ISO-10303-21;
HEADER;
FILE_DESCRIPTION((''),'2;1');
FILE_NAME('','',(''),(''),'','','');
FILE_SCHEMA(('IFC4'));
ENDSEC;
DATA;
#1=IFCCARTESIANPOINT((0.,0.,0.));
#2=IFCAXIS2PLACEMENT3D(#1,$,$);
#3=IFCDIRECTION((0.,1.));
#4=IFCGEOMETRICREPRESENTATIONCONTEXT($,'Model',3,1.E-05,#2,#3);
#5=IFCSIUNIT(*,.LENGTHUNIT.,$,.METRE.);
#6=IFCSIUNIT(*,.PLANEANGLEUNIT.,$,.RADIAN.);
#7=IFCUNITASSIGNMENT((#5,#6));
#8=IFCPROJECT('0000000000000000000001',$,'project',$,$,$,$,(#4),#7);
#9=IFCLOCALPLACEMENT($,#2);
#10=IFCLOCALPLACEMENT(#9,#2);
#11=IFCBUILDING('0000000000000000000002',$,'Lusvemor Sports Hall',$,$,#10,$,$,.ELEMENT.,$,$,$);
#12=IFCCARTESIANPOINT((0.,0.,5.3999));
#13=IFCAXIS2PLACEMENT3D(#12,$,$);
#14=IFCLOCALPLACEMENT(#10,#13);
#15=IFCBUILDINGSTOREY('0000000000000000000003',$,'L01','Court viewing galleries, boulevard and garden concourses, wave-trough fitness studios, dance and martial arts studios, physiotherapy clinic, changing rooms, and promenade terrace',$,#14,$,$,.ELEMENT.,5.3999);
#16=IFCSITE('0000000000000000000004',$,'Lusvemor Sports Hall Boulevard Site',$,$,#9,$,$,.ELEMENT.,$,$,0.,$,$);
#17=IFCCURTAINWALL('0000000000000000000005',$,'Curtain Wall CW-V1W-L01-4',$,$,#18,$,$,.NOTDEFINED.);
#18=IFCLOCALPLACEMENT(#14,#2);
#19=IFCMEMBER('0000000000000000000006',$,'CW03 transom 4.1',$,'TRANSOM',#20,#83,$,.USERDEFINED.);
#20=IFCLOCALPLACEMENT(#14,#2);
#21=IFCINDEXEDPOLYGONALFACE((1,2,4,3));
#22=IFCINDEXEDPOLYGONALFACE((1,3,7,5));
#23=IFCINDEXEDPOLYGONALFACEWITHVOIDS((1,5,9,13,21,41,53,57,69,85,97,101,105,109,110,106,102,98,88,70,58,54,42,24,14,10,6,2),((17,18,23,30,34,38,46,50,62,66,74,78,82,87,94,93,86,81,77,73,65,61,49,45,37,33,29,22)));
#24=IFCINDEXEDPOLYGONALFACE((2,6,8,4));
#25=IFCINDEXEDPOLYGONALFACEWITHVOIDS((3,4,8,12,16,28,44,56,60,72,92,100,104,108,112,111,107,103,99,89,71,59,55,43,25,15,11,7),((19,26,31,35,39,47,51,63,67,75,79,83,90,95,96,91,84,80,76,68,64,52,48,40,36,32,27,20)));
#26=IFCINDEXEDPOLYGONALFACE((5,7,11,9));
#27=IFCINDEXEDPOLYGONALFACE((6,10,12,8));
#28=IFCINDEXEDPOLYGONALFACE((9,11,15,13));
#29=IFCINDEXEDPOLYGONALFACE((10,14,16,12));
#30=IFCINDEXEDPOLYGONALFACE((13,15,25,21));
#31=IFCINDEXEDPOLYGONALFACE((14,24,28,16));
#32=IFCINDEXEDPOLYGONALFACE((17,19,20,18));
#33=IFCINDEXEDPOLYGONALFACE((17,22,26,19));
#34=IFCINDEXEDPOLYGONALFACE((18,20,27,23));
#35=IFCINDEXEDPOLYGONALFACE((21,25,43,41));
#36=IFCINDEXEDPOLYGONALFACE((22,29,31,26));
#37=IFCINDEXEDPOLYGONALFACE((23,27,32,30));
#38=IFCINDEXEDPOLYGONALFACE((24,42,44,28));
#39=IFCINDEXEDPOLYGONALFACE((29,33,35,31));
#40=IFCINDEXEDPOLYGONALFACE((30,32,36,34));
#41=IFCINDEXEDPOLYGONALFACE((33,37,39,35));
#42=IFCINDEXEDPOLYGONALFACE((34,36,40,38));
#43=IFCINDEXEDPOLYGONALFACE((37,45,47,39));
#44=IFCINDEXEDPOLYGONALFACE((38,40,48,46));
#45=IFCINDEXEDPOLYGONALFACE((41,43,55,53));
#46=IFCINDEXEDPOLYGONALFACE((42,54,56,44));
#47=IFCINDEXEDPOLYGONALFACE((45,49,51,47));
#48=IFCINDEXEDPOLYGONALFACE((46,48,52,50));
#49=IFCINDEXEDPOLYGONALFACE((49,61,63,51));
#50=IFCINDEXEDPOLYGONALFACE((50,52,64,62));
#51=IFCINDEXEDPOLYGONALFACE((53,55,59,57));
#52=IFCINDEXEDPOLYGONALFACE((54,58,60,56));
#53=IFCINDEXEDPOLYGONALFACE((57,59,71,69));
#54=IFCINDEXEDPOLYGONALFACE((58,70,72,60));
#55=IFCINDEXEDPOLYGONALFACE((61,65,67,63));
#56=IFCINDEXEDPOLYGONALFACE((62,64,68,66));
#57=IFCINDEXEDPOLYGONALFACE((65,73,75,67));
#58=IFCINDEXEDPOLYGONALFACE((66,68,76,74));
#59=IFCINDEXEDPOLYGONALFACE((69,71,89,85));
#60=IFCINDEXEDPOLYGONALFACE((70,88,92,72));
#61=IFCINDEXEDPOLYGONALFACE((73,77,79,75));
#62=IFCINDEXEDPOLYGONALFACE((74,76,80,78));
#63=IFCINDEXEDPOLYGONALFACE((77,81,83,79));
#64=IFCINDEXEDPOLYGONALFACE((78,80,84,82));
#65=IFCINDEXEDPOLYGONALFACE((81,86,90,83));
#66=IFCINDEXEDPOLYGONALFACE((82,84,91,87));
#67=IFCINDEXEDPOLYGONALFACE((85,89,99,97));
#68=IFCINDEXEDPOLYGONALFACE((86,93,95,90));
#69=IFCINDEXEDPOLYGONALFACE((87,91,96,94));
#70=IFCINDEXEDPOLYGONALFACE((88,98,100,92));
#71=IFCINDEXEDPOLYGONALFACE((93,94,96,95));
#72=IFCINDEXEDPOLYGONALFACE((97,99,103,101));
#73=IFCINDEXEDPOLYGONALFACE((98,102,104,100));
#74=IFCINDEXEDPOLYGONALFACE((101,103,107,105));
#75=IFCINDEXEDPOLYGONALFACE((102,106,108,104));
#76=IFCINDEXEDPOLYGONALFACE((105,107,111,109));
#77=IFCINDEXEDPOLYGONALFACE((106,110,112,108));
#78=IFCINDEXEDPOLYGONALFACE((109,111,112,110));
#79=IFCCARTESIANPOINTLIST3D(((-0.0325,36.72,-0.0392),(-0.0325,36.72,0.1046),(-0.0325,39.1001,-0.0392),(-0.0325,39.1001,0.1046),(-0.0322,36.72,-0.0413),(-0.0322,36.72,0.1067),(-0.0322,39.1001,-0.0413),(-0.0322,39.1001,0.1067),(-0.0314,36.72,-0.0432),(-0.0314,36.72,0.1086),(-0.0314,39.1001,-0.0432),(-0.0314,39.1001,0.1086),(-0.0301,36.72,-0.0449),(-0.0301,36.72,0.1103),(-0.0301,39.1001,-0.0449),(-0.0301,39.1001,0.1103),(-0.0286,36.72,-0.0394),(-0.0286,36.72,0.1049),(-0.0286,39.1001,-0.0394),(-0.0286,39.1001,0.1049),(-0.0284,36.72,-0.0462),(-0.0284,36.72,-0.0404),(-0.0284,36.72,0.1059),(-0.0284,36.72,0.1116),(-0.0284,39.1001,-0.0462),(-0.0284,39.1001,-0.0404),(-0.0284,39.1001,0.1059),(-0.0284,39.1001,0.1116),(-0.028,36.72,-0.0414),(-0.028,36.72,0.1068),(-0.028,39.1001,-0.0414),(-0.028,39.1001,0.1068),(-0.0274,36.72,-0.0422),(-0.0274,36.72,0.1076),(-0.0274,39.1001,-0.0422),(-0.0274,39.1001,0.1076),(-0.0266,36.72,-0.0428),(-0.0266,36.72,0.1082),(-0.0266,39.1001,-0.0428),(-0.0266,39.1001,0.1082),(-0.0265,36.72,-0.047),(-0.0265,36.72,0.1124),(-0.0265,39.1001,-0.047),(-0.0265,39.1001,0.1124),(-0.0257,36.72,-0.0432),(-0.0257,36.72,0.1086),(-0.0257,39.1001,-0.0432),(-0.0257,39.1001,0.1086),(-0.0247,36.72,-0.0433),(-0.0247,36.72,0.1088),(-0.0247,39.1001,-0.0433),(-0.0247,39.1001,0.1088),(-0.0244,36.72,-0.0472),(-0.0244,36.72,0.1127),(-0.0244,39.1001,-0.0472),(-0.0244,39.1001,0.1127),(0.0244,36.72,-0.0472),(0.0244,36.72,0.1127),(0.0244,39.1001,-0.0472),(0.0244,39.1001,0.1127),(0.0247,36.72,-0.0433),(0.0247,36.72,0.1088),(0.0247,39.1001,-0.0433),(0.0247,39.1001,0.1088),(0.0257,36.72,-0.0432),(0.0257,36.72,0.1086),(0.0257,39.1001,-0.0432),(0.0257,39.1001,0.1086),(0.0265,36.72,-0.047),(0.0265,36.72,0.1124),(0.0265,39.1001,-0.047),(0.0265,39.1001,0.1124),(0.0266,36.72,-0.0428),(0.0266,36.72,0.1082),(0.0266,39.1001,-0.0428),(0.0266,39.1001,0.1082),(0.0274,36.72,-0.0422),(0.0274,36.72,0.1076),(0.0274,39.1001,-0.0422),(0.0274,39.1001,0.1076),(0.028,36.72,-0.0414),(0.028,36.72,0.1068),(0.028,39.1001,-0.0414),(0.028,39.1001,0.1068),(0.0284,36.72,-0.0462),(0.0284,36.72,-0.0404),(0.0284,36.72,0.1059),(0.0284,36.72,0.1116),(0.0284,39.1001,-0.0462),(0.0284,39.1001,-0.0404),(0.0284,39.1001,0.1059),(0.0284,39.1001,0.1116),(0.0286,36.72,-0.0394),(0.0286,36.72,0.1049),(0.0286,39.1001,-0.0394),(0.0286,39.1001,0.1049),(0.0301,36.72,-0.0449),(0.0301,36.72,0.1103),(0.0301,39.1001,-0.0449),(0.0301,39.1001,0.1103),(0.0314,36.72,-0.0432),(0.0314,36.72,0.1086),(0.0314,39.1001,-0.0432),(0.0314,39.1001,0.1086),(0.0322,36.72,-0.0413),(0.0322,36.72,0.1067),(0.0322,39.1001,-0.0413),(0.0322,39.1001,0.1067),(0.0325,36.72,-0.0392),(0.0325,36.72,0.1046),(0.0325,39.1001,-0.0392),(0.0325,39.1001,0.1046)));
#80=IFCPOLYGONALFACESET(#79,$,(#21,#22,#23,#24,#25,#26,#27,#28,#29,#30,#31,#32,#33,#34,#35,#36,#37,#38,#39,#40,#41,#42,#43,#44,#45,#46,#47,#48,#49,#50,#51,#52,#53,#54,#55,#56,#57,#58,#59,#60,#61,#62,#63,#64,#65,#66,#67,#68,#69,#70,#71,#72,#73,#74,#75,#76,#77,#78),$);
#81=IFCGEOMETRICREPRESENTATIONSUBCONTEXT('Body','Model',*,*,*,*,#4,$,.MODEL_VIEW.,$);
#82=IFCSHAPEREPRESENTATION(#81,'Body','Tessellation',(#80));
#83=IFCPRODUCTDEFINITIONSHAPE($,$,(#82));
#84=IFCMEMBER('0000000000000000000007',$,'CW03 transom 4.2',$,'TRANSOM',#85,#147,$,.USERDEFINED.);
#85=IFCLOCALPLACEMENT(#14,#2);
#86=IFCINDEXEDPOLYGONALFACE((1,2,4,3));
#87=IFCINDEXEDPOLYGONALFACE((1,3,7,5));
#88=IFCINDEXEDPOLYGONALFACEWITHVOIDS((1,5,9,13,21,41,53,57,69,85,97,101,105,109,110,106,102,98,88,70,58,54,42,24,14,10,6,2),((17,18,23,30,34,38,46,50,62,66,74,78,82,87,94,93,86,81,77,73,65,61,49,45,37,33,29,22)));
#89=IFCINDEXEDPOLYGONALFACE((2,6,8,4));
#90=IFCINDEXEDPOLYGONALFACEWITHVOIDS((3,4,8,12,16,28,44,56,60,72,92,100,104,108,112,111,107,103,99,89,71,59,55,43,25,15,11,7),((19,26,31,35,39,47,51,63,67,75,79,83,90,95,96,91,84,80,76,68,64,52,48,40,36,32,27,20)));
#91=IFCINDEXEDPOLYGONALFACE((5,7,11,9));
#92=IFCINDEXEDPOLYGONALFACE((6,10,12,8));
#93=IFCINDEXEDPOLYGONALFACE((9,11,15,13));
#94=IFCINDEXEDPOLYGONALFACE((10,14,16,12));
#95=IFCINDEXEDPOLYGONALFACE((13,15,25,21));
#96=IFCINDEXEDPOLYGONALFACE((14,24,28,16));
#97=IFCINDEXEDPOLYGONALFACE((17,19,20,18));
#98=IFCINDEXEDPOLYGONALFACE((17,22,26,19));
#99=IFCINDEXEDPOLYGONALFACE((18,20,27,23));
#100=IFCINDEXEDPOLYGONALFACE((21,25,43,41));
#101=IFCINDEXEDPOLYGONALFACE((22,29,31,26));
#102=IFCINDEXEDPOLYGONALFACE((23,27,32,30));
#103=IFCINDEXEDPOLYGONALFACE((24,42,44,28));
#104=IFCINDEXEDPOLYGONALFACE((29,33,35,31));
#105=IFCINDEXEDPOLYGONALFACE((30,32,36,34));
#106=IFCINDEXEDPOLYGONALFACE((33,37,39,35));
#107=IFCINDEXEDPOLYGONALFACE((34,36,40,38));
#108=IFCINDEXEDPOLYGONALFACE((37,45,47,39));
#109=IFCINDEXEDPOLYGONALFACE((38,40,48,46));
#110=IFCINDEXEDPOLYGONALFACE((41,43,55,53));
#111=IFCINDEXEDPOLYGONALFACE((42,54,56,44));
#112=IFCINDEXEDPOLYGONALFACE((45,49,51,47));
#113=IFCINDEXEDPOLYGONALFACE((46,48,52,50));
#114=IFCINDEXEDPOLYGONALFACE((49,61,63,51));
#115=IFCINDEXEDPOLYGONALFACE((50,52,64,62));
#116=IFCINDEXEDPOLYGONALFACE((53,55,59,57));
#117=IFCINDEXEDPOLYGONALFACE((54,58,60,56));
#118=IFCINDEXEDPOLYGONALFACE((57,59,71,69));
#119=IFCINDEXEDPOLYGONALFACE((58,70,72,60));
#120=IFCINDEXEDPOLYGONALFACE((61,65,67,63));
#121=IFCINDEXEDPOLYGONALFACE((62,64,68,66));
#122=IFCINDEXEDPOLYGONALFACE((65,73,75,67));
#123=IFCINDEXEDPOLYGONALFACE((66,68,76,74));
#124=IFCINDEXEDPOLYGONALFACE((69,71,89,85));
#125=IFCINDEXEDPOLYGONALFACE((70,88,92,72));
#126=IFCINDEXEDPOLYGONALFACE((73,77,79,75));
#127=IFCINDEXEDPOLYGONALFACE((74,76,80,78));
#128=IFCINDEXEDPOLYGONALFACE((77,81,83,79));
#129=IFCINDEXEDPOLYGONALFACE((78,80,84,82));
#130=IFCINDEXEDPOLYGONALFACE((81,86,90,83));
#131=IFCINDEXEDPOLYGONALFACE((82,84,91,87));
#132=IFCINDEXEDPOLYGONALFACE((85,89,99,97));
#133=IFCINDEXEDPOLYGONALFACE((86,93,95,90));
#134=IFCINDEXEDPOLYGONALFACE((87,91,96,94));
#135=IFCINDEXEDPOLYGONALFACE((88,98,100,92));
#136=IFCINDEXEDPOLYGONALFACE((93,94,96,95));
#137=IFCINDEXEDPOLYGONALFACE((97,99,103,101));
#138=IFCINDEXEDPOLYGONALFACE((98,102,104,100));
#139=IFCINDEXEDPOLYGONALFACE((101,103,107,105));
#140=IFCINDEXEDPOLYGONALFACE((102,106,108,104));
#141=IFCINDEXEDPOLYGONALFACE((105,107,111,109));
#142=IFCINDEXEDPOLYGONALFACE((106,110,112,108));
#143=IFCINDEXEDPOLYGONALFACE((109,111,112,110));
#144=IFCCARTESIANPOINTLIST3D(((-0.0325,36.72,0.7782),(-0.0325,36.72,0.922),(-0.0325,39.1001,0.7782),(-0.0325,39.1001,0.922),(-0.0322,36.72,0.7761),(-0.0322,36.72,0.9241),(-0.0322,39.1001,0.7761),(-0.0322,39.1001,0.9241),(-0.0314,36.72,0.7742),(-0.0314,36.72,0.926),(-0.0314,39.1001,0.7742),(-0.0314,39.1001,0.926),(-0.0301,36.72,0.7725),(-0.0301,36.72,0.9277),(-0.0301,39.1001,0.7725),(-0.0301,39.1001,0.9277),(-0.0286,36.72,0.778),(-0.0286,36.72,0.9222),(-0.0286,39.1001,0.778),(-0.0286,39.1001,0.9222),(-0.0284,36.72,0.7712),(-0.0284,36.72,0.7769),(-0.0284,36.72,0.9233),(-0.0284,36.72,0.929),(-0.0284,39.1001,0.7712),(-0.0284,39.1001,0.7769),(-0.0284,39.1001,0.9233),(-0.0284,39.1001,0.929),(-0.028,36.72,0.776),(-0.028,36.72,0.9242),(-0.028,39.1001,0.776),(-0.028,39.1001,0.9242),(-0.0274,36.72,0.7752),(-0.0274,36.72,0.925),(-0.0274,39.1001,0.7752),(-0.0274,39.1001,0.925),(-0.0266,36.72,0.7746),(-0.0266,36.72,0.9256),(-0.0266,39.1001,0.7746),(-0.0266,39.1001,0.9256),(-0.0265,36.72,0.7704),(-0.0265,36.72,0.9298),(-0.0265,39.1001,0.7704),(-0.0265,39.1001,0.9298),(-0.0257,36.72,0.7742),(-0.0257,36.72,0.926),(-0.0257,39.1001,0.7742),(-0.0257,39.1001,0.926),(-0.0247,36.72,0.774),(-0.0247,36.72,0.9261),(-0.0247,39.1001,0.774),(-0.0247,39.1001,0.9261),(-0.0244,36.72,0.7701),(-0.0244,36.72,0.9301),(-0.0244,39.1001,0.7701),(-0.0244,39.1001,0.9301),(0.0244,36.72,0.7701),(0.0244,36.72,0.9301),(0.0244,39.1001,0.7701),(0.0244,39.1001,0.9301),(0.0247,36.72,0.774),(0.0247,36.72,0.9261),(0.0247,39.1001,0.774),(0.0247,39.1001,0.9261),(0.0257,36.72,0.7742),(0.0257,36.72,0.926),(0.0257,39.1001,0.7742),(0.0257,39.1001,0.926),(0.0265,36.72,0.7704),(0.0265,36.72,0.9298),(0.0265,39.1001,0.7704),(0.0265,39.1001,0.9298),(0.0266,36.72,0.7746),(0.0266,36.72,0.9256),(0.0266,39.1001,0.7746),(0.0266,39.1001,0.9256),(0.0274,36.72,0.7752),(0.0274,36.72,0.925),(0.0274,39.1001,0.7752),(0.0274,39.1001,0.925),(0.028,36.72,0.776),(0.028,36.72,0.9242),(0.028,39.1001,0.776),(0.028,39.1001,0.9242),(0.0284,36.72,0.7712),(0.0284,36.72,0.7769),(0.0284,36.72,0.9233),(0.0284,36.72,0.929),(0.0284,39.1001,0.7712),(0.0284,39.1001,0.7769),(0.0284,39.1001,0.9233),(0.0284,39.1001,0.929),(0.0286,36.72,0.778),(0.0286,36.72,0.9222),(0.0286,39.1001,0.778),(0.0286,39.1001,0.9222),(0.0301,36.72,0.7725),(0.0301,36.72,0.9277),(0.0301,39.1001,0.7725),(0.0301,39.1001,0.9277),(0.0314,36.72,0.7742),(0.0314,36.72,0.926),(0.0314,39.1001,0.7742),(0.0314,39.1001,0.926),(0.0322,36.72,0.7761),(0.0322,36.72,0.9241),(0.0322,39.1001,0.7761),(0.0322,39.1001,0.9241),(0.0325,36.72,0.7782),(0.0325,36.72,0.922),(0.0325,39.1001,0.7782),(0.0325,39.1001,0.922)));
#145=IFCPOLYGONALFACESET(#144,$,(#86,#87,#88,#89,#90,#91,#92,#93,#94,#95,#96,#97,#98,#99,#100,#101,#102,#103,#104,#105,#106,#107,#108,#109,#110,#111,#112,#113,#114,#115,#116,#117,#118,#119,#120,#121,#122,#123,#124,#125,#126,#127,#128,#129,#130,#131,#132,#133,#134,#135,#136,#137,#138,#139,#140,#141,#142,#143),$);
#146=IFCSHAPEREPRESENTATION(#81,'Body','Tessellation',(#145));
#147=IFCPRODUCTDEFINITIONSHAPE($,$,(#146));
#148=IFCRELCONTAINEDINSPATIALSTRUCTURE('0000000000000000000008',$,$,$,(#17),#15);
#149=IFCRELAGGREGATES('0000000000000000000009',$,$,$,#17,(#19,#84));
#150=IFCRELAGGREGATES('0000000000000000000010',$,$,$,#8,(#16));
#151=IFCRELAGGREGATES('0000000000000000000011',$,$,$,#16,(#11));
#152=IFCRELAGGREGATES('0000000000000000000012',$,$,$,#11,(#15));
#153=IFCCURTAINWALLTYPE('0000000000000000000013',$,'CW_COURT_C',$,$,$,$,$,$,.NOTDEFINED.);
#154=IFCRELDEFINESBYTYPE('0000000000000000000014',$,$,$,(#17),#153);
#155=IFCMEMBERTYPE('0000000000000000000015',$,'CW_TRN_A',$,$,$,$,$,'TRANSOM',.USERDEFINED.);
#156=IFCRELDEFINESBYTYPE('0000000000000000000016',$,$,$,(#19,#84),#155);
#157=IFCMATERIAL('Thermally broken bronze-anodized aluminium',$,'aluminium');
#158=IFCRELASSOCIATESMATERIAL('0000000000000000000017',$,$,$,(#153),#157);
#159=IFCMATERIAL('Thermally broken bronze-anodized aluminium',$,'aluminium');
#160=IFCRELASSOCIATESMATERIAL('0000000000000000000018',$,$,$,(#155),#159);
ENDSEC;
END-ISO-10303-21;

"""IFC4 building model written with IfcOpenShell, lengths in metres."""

from ifc_helpers import new_model, si_unit, direction, frame, origin, origin_2d, place, context, subcontext, project, spatial, hollow_rectangle, extrude, material, material_profile, profile_set, type_object, element, aggregate, save


model = new_model("IFC4")

# Units and contexts
model_context = context("Model", 3, precision=1e-05, world=origin(), true_north=direction((0.0, 1.0)))
body_context = subcontext(model_context, "Body", "Model", "MODEL_VIEW")
ifc_project = project(units=[si_unit("LENGTHUNIT", "METRE"), si_unit("PLANEANGLEUNIT", "RADIAN")], contexts=[model_context])

# Site, building, storey
site_placement = place(None, origin())
site = spatial("IfcSite", under=ifc_project, at=site_placement, Name="Lusvemor Sports Hall Boulevard Site", CompositionType="ELEMENT", RefElevation=0.0)
building_placement = place(site_placement, origin())
building = spatial("IfcBuilding", under=site, at=building_placement, Name="Lusvemor Sports Hall", CompositionType="ELEMENT")
storey_placement = place(building_placement, frame((0.0, 0.0, 5.3999)))
storey = spatial("IfcBuildingStorey", under=building, at=storey_placement, Name="L01", Description="Court viewing galleries, boulevard and garden concourses, wave-trough fitness studios, dance and martial arts studios, physiotherapy clinic, changing rooms, and promenade terrace", CompositionType="ELEMENT", Elevation=5.3999)

# Curtain wall
ifc_material_1 = material(Name="Thermally broken bronze-anodized aluminium", Category="aluminium")
curtain_wall_type = type_object("IfcCurtainWallType", Name="CW_COURT_C", PredefinedType="NOTDEFINED", material=ifc_material_1)
curtain_wall_1_placement = place(storey_placement, origin())
curtain_wall_1 = element("IfcCurtainWall", 1, at=curtain_wall_1_placement, inside=storey, type_object=curtain_wall_type, Name="Curtain Wall CW-V1W-L01-4", PredefinedType="NOTDEFINED")

# Members
ifc_material_2 = material(Name="Thermally broken bronze-anodized aluminium", Category="aluminium")
ifc_material_profile_1 = material_profile(ifc_material_2, hollow_rectangle(XDim=0.0649, YDim=0.1599, WallThickness=0.0039, InnerFilletRadius=0.0039, OuterFilletRadius=0.0081, at=origin_2d()), Name="CWTRN160x65x4")
ifc_profile_set_1 = profile_set([ifc_material_profile_1], Name="Thermally broken bronze-anodized aluminium")
member_type_1 = type_object("IfcMemberType", Name="CW_TRN_A", ElementType="TRANSOM", PredefinedType="USERDEFINED", material=ifc_profile_set_1)
member_1_placement = place(storey_placement, frame((0.0, 36.72, 0.0327), z_axis=(0.0, 1.0, 0.0), x_axis=(-1.0, 0.0, 0.0)))
member_1 = element("IfcMember", 2, at=member_1_placement, type_object=member_type_1, Name="CW03 transom 4.1", ObjectType="TRANSOM", PredefinedType="USERDEFINED", context=body_context, shape_type="SweptSolid", body=[
    extrude(hollow_rectangle(XDim=0.0649, YDim=0.1599, WallThickness=0.0039, InnerFilletRadius=0.0039, OuterFilletRadius=0.0081, at=origin_2d()), origin(), (0.0, 0.0, 1.0), 2.3801),
])
member_2_placement = place(storey_placement, frame((0.0, 36.72, 0.8501), z_axis=(0.0, 1.0, 0.0), x_axis=(-1.0, 0.0, 0.0)))
member_2 = element("IfcMember", 3, at=member_2_placement, type_object=member_type_1, Name="CW03 transom 4.2", ObjectType="TRANSOM", PredefinedType="USERDEFINED", context=body_context, shape_type="SweptSolid", body=[
    extrude(hollow_rectangle(XDim=0.0649, YDim=0.1599, WallThickness=0.0039, InnerFilletRadius=0.0039, OuterFilletRadius=0.0081, at=origin_2d()), origin(), (0.0, 0.0, 1.0), 2.3801),
])

aggregate(curtain_wall_1, [member_1, member_2])

save(model, "model.ifc")
